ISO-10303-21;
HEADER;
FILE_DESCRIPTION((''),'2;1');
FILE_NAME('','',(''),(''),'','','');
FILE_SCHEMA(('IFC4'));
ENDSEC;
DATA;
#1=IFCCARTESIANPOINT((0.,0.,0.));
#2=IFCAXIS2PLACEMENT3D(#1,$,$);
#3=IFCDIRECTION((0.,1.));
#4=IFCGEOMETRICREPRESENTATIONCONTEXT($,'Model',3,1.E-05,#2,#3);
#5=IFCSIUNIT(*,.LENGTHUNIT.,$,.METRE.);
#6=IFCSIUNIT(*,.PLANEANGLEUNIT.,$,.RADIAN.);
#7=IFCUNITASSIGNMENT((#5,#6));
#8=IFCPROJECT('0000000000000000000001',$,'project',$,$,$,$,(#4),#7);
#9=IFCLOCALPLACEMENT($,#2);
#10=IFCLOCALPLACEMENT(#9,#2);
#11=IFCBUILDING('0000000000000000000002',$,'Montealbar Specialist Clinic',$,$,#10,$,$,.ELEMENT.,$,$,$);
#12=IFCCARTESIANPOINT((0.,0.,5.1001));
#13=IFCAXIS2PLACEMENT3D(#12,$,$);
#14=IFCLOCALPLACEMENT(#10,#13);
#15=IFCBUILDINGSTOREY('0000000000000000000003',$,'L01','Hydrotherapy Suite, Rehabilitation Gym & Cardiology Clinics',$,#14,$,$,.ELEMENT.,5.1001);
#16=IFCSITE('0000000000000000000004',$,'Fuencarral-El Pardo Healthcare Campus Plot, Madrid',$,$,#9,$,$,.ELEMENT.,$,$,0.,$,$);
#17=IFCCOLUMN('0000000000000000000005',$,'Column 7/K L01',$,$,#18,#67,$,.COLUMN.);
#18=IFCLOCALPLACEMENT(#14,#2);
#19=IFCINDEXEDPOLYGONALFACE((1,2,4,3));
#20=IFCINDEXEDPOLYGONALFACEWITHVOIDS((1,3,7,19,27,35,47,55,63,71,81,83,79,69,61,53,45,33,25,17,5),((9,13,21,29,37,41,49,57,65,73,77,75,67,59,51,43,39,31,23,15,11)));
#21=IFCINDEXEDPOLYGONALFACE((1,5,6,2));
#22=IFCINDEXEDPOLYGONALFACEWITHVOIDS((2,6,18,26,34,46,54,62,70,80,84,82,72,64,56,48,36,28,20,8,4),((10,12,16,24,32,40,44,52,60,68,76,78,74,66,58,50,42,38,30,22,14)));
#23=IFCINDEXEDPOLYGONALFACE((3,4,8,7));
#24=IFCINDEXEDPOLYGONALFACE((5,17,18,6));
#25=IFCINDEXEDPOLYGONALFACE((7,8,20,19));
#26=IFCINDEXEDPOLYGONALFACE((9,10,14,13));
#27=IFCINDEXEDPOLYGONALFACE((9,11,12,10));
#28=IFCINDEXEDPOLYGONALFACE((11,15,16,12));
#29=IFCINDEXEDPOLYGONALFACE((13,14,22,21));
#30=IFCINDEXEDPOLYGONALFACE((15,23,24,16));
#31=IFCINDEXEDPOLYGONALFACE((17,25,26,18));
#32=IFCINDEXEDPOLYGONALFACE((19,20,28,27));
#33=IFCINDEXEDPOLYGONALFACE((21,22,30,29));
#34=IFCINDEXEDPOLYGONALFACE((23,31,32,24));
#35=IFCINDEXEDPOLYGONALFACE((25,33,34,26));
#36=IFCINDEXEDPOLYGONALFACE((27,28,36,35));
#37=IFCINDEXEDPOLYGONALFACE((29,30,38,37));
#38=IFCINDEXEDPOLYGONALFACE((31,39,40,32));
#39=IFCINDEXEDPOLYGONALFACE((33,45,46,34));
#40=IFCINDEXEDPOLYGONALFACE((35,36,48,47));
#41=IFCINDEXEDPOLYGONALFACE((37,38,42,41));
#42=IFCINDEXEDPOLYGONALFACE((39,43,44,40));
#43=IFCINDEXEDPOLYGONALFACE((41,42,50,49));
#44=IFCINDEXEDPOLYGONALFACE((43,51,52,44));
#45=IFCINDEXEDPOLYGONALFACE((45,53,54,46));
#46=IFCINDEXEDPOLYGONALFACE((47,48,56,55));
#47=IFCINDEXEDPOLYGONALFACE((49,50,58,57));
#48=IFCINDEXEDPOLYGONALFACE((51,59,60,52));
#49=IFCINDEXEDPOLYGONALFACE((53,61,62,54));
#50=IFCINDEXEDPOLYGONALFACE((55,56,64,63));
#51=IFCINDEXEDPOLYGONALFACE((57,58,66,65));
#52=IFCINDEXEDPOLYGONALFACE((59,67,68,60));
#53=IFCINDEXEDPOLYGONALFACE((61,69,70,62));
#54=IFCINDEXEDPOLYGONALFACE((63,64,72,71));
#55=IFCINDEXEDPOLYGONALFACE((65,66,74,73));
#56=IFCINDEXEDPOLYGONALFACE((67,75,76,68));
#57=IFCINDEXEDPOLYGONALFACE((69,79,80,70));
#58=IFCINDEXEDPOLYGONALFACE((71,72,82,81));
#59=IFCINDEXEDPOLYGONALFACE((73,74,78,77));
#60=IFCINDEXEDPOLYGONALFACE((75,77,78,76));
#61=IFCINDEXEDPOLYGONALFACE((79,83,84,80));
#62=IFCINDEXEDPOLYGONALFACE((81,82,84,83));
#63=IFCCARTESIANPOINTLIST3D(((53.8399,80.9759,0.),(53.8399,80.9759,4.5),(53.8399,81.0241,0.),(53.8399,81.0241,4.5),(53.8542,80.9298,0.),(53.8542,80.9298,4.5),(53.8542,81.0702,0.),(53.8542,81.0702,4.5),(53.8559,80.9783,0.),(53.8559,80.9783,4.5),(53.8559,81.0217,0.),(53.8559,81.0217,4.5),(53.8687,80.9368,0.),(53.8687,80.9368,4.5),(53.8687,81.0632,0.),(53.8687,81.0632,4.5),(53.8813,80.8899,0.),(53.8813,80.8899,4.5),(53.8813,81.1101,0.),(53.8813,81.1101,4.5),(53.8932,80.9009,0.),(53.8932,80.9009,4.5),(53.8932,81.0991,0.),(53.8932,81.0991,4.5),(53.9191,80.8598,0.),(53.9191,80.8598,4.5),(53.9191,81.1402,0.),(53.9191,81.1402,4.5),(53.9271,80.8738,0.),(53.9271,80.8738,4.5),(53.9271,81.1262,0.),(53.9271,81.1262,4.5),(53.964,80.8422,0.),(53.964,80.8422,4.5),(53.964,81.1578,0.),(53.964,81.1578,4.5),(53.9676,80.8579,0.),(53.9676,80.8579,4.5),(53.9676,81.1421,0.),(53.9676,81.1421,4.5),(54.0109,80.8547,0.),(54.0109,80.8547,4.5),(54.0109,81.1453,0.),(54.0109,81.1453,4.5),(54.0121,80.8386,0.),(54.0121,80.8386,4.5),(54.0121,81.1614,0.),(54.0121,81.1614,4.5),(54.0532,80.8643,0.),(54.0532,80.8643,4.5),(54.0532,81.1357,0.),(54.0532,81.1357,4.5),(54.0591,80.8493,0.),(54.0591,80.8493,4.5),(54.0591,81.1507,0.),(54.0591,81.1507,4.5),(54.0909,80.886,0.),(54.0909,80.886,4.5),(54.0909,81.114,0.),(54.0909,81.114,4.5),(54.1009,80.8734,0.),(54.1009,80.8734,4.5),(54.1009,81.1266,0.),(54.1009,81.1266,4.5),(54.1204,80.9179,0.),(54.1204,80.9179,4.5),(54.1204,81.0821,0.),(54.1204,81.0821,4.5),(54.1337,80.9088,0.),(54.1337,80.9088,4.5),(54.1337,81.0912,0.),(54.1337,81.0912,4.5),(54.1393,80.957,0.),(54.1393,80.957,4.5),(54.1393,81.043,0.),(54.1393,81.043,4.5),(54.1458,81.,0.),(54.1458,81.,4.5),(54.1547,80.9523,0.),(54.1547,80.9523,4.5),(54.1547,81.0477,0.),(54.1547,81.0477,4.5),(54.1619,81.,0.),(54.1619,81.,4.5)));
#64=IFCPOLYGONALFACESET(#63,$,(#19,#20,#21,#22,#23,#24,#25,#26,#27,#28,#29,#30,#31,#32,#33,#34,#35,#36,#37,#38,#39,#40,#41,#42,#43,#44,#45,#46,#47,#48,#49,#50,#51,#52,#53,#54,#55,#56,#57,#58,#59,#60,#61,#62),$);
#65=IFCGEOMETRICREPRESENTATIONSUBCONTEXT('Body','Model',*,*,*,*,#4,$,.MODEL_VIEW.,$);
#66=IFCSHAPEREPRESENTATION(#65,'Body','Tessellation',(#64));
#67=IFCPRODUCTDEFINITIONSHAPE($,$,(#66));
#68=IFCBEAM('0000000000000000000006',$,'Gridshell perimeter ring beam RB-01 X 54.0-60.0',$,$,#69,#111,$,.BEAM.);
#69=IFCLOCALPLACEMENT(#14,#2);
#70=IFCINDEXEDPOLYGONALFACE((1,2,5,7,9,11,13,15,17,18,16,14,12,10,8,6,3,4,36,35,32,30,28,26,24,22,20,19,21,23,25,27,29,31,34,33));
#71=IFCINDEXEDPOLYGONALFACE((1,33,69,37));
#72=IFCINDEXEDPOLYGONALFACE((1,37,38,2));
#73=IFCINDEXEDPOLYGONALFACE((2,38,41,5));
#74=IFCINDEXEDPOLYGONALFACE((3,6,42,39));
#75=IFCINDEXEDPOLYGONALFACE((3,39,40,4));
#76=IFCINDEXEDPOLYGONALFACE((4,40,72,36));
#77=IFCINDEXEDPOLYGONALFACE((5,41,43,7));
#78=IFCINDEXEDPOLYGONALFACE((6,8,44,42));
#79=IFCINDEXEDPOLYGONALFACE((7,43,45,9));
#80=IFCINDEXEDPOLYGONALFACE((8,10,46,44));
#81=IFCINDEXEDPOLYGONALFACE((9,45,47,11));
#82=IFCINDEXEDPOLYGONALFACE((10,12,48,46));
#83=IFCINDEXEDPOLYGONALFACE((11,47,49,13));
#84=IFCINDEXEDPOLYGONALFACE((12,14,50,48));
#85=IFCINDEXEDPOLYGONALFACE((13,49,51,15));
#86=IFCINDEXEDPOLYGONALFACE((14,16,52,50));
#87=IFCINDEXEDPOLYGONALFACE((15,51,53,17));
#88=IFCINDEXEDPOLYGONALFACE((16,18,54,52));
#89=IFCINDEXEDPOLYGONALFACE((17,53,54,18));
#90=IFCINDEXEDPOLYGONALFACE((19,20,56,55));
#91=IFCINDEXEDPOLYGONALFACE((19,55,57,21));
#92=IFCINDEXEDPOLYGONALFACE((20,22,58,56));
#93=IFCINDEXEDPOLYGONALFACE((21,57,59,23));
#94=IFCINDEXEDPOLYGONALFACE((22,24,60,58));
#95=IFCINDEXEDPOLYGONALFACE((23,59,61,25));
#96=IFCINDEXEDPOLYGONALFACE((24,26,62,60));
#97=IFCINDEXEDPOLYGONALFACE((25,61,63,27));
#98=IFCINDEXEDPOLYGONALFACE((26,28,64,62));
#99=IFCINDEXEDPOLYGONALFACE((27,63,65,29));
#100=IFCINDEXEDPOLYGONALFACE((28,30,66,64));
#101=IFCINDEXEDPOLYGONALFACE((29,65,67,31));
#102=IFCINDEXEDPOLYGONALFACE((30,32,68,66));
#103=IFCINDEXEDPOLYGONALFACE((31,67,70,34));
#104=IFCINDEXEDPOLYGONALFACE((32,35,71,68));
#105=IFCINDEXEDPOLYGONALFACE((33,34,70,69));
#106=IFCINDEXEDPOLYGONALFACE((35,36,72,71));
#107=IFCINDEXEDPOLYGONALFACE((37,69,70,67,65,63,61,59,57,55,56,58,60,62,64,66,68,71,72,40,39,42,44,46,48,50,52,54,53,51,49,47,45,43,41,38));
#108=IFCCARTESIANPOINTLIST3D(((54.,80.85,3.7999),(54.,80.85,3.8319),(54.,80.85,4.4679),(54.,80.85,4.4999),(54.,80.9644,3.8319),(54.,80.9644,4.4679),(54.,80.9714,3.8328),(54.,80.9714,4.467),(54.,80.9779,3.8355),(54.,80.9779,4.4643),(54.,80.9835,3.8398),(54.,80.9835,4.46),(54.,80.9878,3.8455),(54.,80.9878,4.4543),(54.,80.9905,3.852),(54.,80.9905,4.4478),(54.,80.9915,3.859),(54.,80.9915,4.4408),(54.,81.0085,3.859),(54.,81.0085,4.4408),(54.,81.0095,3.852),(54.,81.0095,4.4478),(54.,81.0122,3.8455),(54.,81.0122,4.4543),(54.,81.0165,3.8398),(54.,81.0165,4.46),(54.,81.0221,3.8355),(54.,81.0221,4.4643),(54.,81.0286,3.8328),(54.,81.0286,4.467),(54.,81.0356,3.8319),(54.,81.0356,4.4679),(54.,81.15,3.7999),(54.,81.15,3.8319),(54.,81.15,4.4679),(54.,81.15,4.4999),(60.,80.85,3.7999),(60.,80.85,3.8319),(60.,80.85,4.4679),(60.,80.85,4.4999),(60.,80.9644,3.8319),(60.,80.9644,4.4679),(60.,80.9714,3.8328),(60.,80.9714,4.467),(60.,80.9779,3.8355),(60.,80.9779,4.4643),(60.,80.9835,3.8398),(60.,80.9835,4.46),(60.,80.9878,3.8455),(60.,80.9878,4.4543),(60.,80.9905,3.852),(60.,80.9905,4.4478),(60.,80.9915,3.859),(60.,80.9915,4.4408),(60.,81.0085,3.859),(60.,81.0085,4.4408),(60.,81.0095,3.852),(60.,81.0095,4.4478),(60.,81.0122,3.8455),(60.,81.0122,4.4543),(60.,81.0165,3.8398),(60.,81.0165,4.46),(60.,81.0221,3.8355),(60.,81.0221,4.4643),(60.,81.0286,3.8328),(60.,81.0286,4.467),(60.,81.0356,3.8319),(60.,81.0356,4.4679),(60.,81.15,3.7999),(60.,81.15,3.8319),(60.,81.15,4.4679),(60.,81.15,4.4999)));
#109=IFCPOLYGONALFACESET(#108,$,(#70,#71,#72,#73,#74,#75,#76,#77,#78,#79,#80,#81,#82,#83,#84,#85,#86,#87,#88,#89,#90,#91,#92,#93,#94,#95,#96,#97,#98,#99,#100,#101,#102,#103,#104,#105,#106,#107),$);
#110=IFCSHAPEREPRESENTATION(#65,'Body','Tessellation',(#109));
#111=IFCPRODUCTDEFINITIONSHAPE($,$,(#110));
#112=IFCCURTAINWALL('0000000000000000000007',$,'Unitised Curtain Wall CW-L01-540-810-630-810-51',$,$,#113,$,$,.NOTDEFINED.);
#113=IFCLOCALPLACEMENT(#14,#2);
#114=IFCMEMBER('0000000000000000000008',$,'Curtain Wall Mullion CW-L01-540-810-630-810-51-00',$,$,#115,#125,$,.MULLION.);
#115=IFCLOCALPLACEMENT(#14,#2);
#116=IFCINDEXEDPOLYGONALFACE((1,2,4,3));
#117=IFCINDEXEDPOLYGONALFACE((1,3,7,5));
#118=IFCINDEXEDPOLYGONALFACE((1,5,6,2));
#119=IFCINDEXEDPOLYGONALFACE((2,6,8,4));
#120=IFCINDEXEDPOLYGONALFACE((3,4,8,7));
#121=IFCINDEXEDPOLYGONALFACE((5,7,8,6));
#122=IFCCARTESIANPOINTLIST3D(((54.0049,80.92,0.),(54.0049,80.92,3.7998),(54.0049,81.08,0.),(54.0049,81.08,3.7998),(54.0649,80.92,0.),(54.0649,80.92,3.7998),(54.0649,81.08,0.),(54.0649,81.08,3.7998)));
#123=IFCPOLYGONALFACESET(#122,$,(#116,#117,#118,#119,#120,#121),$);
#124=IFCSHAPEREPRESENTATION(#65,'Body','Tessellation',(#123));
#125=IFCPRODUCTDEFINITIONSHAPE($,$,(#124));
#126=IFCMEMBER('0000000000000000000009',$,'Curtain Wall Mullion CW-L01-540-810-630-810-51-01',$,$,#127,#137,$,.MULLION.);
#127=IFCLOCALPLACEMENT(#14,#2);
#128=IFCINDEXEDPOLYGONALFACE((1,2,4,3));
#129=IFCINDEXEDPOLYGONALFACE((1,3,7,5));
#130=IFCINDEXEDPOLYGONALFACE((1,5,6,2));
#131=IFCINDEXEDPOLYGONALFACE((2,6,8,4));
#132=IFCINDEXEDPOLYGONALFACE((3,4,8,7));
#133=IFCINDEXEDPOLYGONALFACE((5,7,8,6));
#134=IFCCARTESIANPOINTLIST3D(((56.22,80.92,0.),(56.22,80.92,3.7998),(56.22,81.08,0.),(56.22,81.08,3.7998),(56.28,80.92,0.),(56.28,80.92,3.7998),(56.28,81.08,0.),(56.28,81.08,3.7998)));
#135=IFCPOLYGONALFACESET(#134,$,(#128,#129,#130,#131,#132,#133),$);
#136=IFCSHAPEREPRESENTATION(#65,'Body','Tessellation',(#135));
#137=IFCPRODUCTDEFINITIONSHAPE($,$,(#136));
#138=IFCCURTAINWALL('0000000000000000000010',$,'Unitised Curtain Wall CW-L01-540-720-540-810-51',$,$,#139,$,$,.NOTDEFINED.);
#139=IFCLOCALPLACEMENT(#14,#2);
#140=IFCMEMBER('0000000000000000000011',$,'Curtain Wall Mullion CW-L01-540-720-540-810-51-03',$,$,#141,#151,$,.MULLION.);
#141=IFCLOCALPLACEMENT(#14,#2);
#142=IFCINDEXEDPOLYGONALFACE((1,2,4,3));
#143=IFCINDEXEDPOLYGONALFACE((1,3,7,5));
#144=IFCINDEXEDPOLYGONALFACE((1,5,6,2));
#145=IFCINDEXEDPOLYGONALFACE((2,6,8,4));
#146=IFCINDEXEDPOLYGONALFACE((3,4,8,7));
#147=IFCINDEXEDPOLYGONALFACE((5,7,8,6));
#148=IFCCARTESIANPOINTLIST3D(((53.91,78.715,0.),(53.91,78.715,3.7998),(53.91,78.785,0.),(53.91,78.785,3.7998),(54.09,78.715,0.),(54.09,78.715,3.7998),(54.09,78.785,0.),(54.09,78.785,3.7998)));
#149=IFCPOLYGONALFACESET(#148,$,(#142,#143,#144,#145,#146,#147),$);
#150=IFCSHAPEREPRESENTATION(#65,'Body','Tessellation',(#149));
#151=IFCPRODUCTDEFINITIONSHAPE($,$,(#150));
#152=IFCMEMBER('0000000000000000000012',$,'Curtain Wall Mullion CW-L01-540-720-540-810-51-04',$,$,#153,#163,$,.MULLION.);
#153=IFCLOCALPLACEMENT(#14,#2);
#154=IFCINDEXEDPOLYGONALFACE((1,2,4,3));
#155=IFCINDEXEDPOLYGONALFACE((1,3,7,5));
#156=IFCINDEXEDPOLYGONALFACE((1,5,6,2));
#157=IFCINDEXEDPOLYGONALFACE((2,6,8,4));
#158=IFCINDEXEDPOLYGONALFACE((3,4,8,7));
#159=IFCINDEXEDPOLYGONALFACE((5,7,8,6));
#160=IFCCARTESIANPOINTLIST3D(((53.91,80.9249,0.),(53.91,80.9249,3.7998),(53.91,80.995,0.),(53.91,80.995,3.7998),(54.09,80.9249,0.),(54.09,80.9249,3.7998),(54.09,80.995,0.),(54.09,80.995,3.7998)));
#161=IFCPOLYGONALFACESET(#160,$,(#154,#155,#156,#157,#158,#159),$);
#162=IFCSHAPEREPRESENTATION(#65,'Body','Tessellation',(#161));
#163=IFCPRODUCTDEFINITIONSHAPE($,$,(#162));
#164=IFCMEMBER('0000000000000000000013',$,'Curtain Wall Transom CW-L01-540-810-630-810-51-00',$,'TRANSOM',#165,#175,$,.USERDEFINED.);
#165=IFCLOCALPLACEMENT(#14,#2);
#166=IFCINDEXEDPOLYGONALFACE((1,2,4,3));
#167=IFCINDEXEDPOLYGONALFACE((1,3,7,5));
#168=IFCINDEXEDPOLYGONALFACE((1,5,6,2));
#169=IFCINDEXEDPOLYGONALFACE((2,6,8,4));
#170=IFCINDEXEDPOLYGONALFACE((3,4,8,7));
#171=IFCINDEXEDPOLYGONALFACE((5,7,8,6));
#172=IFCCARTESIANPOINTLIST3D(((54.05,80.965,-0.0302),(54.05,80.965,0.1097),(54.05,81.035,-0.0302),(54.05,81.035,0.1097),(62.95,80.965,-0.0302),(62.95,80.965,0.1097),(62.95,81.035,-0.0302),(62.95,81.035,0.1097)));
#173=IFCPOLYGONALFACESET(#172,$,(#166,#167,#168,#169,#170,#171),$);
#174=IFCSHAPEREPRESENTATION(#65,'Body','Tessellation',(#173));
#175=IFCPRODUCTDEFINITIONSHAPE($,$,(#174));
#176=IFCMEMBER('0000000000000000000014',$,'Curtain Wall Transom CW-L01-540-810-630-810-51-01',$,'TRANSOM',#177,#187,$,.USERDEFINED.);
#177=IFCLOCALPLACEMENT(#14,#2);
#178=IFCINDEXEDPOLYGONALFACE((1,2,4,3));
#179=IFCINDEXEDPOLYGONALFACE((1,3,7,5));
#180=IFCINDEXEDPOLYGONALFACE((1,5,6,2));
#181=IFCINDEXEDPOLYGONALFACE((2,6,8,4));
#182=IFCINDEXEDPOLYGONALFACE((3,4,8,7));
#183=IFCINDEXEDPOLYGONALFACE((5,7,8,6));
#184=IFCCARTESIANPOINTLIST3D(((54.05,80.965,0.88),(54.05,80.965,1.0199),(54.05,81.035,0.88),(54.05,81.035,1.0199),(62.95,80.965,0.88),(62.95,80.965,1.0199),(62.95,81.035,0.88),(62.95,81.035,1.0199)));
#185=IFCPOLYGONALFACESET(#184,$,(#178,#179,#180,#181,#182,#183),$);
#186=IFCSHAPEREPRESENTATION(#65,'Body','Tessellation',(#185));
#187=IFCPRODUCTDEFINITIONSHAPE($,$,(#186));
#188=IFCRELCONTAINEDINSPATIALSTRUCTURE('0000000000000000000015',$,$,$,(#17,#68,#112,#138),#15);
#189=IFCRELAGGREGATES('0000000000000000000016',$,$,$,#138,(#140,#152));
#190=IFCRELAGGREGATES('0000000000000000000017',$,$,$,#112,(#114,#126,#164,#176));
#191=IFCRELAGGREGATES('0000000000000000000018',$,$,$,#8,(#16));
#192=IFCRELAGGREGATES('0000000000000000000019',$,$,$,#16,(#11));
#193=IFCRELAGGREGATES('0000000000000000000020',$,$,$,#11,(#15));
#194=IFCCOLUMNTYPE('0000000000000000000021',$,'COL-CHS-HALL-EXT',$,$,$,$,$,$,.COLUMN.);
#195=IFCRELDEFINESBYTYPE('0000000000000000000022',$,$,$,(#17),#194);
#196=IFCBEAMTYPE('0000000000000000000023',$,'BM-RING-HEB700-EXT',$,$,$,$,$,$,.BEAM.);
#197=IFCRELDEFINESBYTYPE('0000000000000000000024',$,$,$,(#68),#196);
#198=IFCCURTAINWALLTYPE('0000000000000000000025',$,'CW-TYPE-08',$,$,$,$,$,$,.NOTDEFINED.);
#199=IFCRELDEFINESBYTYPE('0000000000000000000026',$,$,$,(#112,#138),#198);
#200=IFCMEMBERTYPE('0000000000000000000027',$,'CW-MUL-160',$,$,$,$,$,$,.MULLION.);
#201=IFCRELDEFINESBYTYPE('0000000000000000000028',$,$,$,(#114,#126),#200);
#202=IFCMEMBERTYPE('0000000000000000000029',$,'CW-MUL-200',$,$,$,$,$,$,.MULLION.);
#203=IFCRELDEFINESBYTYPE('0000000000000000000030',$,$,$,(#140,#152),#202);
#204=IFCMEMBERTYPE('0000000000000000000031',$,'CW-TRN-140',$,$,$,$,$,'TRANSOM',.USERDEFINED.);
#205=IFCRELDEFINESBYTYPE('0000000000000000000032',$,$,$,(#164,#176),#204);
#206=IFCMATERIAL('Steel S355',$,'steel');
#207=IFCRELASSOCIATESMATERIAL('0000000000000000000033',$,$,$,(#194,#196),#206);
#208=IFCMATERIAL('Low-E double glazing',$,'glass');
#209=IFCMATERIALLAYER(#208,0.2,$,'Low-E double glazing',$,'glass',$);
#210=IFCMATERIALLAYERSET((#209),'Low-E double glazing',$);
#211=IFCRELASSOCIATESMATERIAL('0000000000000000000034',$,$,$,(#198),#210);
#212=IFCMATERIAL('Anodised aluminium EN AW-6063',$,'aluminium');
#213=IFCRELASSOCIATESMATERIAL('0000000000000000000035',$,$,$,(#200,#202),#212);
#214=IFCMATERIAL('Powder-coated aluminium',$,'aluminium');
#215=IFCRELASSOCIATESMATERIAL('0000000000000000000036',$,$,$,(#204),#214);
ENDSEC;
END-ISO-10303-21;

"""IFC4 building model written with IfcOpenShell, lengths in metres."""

from ifc_helpers import new_model, si_unit, direction, frame, origin, origin_2d, place, context, subcontext, project, spatial, rectangle, hollow_circle, i_section, extrude, material, layer, layer_set, material_profile, profile_set, type_object, element, aggregate, save


model = new_model("IFC4")

# Units and contexts
model_context = context("Model", 3, precision=1e-05, world=origin(), true_north=direction((0.0, 1.0)))
body_context = subcontext(model_context, "Body", "Model", "MODEL_VIEW")
ifc_project = project(units=[si_unit("LENGTHUNIT", "METRE"), si_unit("PLANEANGLEUNIT", "RADIAN")], contexts=[model_context])

# Site, building, storey
site_placement = place(None, origin())
site = spatial("IfcSite", under=ifc_project, at=site_placement, Name="Fuencarral-El Pardo Healthcare Campus Plot, Madrid", CompositionType="ELEMENT", RefElevation=0.0)
building_placement = place(site_placement, origin())
building = spatial("IfcBuilding", under=site, at=building_placement, Name="Montealbar Specialist Clinic", CompositionType="ELEMENT")
storey_placement = place(building_placement, frame((0.0, 0.0, 5.1001)))
storey = spatial("IfcBuildingStorey", under=building, at=storey_placement, Name="L01", Description="Hydrotherapy Suite, Rehabilitation Gym & Cardiology Clinics", CompositionType="ELEMENT", Elevation=5.1001)

# Column
ifc_material_1 = material(Name="Steel S355", Category="steel")
ifc_material_profile_1 = material_profile(ifc_material_1, hollow_circle(Radius=0.1619, WallThickness=0.0161, at=origin_2d()), Name="CHS 323.9x16.0", Category="steel")
ifc_profile_set_1 = profile_set([ifc_material_profile_1], Name="Steel S355")
column_type = type_object("IfcColumnType", Name="COL-CHS-HALL-EXT", PredefinedType="COLUMN", material=ifc_profile_set_1)
column_placement = place(storey_placement, frame((54.0, 81.0, 0.0), z_axis=(0.0, 0.0, 1.0), x_axis=(1.0, 0.0, 0.0)))
element("IfcColumn", 1, at=column_placement, inside=storey, type_object=column_type, Name="Column 7/K L01", PredefinedType="COLUMN", context=body_context, shape_type="SweptSolid", body=[
    extrude(hollow_circle(Radius=0.1619, WallThickness=0.0161, at=origin_2d()), origin(), (0.0, 0.0, 1.0), 4.5),
])

# Beam
ifc_material_profile_2 = material_profile(ifc_material_1, i_section(OverallWidth=0.3, OverallDepth=0.7, WebThickness=0.0171, FlangeThickness=0.032, FilletRadius=0.0271, at=origin_2d()), Name="HEB 700", Category="steel")
ifc_profile_set_2 = profile_set([ifc_material_profile_2], Name="Steel S355")
beam_type = type_object("IfcBeamType", Name="BM-RING-HEB700-EXT", PredefinedType="BEAM", material=ifc_profile_set_2)
beam_placement = place(storey_placement, frame((54.0, 81.0, 4.1499), z_axis=(1.0, 0.0, 0.0), x_axis=(0.0, 1.0, 0.0)))
element("IfcBeam", 2, at=beam_placement, inside=storey, type_object=beam_type, Name="Gridshell perimeter ring beam RB-01 X 54.0-60.0", PredefinedType="BEAM", context=body_context, shape_type="SweptSolid", body=[
    extrude(i_section(OverallWidth=0.3, OverallDepth=0.7, WebThickness=0.0171, FlangeThickness=0.032, FilletRadius=0.0271, at=origin_2d()), origin(), (0.0, 0.0, 1.0), 6.0),
])

# Curtain walls, members
ifc_material_2 = material(Name="Low-E double glazing", Category="glass")
ifc_layer_1 = layer(ifc_material_2, 0.2, Name="Low-E double glazing", Category="glass")
ifc_layer_set_1 = layer_set([ifc_layer_1], Name="Low-E double glazing")
curtain_wall_type = type_object("IfcCurtainWallType", Name="CW-TYPE-08", PredefinedType="NOTDEFINED", material=ifc_layer_set_1)
curtain_wall_1_placement = place(storey_placement, origin())
curtain_wall_1 = element("IfcCurtainWall", 3, at=curtain_wall_1_placement, inside=storey, type_object=curtain_wall_type, Name="Unitised Curtain Wall CW-L01-540-810-630-810-51", PredefinedType="NOTDEFINED")
ifc_material_3 = material(Name="Anodised aluminium EN AW-6063", Category="aluminium")
ifc_material_profile_3 = material_profile(ifc_material_3, rectangle(XDim=0.0601, YDim=0.1599, at=origin_2d()), Name="ALU 60x160", Category="aluminium")
ifc_profile_set_3 = profile_set([ifc_material_profile_3], Name="Anodised aluminium EN AW-6063")
member_type_1 = type_object("IfcMemberType", Name="CW-MUL-160", PredefinedType="MULLION", material=ifc_profile_set_3)
member_1_placement = place(storey_placement, frame((54.0349, 81.0, 0.0), z_axis=(0.0, 0.0, 1.0), x_axis=(1.0, 0.0, 0.0)))
member_1 = element("IfcMember", 4, at=member_1_placement, type_object=member_type_1, Name="Curtain Wall Mullion CW-L01-540-810-630-810-51-00", PredefinedType="MULLION", context=body_context, shape_type="SweptSolid", body=[
    extrude(rectangle(XDim=0.0601, YDim=0.1599, at=origin_2d()), origin(), (0.0, 0.0, 1.0), 3.7998),
])
member_2_placement = place(storey_placement, frame((56.25, 81.0, 0.0), z_axis=(0.0, 0.0, 1.0), x_axis=(1.0, 0.0, 0.0)))
member_2 = element("IfcMember", 5, at=member_2_placement, type_object=member_type_1, Name="Curtain Wall Mullion CW-L01-540-810-630-810-51-01", PredefinedType="MULLION", context=body_context, shape_type="SweptSolid", body=[
    extrude(rectangle(XDim=0.0601, YDim=0.1599, at=origin_2d()), origin(), (0.0, 0.0, 1.0), 3.7998),
])
curtain_wall_2_placement = place(storey_placement, origin())
curtain_wall_2 = element("IfcCurtainWall", 6, at=curtain_wall_2_placement, inside=storey, type_object=curtain_wall_type, Name="Unitised Curtain Wall CW-L01-540-720-540-810-51", PredefinedType="NOTDEFINED")
ifc_material_profile_4 = material_profile(ifc_material_3, rectangle(XDim=0.0701, YDim=0.1799, at=origin_2d()), Name="ALU 70x180", Category="aluminium")
ifc_profile_set_4 = profile_set([ifc_material_profile_4], Name="Anodised aluminium EN AW-6063")
member_type_2 = type_object("IfcMemberType", Name="CW-MUL-200", PredefinedType="MULLION", material=ifc_profile_set_4)
member_3_placement = place(storey_placement, frame((54.0, 78.75, 0.0), z_axis=(0.0, 0.0, 1.0), x_axis=(0.0, 1.0, 0.0)))
member_3 = element("IfcMember", 7, at=member_3_placement, type_object=member_type_2, Name="Curtain Wall Mullion CW-L01-540-720-540-810-51-03", PredefinedType="MULLION", context=body_context, shape_type="SweptSolid", body=[
    extrude(rectangle(XDim=0.0701, YDim=0.1799, at=origin_2d()), origin(), (0.0, 0.0, 1.0), 3.7998),
])
member_4_placement = place(storey_placement, frame((54.0, 80.96, 0.0), z_axis=(0.0, 0.0, 1.0), x_axis=(0.0, 1.0, 0.0)))
member_4 = element("IfcMember", 8, at=member_4_placement, type_object=member_type_2, Name="Curtain Wall Mullion CW-L01-540-720-540-810-51-04", PredefinedType="MULLION", context=body_context, shape_type="SweptSolid", body=[
    extrude(rectangle(XDim=0.0701, YDim=0.1799, at=origin_2d()), origin(), (0.0, 0.0, 1.0), 3.7998),
])

# Members
ifc_material_4 = material(Name="Powder-coated aluminium", Category="aluminium")
ifc_material_profile_5 = material_profile(ifc_material_4, rectangle(XDim=0.0701, YDim=0.1399, at=origin_2d()), Name="ALU 70x140", Category="aluminium")
ifc_profile_set_5 = profile_set([ifc_material_profile_5], Name="Powder-coated aluminium")
member_type_3 = type_object("IfcMemberType", Name="CW-TRN-140", ElementType="TRANSOM", PredefinedType="USERDEFINED", material=ifc_profile_set_5)
member_5_placement = place(storey_placement, frame((54.05, 81.0, 0.0398), z_axis=(1.0, 0.0, 0.0), x_axis=(0.0, 1.0, 0.0)))
member_5 = element("IfcMember", 9, at=member_5_placement, type_object=member_type_3, Name="Curtain Wall Transom CW-L01-540-810-630-810-51-00", ObjectType="TRANSOM", PredefinedType="USERDEFINED", context=body_context, shape_type="SweptSolid", body=[
    extrude(rectangle(XDim=0.0701, YDim=0.1399, at=origin_2d()), origin(), (0.0, 0.0, 1.0), 8.8999),
])
member_6_placement = place(storey_placement, frame((54.05, 81.0, 0.95), z_axis=(1.0, 0.0, 0.0), x_axis=(0.0, 1.0, 0.0)))
member_6 = element("IfcMember", 10, at=member_6_placement, type_object=member_type_3, Name="Curtain Wall Transom CW-L01-540-810-630-810-51-01", ObjectType="TRANSOM", PredefinedType="USERDEFINED", context=body_context, shape_type="SweptSolid", body=[
    extrude(rectangle(XDim=0.0701, YDim=0.1399, at=origin_2d()), origin(), (0.0, 0.0, 1.0), 8.8999),
])

aggregate(curtain_wall_2, [member_3, member_4])
aggregate(curtain_wall_1, [member_1, member_2, member_5, member_6])

save(model, "model.ifc")
